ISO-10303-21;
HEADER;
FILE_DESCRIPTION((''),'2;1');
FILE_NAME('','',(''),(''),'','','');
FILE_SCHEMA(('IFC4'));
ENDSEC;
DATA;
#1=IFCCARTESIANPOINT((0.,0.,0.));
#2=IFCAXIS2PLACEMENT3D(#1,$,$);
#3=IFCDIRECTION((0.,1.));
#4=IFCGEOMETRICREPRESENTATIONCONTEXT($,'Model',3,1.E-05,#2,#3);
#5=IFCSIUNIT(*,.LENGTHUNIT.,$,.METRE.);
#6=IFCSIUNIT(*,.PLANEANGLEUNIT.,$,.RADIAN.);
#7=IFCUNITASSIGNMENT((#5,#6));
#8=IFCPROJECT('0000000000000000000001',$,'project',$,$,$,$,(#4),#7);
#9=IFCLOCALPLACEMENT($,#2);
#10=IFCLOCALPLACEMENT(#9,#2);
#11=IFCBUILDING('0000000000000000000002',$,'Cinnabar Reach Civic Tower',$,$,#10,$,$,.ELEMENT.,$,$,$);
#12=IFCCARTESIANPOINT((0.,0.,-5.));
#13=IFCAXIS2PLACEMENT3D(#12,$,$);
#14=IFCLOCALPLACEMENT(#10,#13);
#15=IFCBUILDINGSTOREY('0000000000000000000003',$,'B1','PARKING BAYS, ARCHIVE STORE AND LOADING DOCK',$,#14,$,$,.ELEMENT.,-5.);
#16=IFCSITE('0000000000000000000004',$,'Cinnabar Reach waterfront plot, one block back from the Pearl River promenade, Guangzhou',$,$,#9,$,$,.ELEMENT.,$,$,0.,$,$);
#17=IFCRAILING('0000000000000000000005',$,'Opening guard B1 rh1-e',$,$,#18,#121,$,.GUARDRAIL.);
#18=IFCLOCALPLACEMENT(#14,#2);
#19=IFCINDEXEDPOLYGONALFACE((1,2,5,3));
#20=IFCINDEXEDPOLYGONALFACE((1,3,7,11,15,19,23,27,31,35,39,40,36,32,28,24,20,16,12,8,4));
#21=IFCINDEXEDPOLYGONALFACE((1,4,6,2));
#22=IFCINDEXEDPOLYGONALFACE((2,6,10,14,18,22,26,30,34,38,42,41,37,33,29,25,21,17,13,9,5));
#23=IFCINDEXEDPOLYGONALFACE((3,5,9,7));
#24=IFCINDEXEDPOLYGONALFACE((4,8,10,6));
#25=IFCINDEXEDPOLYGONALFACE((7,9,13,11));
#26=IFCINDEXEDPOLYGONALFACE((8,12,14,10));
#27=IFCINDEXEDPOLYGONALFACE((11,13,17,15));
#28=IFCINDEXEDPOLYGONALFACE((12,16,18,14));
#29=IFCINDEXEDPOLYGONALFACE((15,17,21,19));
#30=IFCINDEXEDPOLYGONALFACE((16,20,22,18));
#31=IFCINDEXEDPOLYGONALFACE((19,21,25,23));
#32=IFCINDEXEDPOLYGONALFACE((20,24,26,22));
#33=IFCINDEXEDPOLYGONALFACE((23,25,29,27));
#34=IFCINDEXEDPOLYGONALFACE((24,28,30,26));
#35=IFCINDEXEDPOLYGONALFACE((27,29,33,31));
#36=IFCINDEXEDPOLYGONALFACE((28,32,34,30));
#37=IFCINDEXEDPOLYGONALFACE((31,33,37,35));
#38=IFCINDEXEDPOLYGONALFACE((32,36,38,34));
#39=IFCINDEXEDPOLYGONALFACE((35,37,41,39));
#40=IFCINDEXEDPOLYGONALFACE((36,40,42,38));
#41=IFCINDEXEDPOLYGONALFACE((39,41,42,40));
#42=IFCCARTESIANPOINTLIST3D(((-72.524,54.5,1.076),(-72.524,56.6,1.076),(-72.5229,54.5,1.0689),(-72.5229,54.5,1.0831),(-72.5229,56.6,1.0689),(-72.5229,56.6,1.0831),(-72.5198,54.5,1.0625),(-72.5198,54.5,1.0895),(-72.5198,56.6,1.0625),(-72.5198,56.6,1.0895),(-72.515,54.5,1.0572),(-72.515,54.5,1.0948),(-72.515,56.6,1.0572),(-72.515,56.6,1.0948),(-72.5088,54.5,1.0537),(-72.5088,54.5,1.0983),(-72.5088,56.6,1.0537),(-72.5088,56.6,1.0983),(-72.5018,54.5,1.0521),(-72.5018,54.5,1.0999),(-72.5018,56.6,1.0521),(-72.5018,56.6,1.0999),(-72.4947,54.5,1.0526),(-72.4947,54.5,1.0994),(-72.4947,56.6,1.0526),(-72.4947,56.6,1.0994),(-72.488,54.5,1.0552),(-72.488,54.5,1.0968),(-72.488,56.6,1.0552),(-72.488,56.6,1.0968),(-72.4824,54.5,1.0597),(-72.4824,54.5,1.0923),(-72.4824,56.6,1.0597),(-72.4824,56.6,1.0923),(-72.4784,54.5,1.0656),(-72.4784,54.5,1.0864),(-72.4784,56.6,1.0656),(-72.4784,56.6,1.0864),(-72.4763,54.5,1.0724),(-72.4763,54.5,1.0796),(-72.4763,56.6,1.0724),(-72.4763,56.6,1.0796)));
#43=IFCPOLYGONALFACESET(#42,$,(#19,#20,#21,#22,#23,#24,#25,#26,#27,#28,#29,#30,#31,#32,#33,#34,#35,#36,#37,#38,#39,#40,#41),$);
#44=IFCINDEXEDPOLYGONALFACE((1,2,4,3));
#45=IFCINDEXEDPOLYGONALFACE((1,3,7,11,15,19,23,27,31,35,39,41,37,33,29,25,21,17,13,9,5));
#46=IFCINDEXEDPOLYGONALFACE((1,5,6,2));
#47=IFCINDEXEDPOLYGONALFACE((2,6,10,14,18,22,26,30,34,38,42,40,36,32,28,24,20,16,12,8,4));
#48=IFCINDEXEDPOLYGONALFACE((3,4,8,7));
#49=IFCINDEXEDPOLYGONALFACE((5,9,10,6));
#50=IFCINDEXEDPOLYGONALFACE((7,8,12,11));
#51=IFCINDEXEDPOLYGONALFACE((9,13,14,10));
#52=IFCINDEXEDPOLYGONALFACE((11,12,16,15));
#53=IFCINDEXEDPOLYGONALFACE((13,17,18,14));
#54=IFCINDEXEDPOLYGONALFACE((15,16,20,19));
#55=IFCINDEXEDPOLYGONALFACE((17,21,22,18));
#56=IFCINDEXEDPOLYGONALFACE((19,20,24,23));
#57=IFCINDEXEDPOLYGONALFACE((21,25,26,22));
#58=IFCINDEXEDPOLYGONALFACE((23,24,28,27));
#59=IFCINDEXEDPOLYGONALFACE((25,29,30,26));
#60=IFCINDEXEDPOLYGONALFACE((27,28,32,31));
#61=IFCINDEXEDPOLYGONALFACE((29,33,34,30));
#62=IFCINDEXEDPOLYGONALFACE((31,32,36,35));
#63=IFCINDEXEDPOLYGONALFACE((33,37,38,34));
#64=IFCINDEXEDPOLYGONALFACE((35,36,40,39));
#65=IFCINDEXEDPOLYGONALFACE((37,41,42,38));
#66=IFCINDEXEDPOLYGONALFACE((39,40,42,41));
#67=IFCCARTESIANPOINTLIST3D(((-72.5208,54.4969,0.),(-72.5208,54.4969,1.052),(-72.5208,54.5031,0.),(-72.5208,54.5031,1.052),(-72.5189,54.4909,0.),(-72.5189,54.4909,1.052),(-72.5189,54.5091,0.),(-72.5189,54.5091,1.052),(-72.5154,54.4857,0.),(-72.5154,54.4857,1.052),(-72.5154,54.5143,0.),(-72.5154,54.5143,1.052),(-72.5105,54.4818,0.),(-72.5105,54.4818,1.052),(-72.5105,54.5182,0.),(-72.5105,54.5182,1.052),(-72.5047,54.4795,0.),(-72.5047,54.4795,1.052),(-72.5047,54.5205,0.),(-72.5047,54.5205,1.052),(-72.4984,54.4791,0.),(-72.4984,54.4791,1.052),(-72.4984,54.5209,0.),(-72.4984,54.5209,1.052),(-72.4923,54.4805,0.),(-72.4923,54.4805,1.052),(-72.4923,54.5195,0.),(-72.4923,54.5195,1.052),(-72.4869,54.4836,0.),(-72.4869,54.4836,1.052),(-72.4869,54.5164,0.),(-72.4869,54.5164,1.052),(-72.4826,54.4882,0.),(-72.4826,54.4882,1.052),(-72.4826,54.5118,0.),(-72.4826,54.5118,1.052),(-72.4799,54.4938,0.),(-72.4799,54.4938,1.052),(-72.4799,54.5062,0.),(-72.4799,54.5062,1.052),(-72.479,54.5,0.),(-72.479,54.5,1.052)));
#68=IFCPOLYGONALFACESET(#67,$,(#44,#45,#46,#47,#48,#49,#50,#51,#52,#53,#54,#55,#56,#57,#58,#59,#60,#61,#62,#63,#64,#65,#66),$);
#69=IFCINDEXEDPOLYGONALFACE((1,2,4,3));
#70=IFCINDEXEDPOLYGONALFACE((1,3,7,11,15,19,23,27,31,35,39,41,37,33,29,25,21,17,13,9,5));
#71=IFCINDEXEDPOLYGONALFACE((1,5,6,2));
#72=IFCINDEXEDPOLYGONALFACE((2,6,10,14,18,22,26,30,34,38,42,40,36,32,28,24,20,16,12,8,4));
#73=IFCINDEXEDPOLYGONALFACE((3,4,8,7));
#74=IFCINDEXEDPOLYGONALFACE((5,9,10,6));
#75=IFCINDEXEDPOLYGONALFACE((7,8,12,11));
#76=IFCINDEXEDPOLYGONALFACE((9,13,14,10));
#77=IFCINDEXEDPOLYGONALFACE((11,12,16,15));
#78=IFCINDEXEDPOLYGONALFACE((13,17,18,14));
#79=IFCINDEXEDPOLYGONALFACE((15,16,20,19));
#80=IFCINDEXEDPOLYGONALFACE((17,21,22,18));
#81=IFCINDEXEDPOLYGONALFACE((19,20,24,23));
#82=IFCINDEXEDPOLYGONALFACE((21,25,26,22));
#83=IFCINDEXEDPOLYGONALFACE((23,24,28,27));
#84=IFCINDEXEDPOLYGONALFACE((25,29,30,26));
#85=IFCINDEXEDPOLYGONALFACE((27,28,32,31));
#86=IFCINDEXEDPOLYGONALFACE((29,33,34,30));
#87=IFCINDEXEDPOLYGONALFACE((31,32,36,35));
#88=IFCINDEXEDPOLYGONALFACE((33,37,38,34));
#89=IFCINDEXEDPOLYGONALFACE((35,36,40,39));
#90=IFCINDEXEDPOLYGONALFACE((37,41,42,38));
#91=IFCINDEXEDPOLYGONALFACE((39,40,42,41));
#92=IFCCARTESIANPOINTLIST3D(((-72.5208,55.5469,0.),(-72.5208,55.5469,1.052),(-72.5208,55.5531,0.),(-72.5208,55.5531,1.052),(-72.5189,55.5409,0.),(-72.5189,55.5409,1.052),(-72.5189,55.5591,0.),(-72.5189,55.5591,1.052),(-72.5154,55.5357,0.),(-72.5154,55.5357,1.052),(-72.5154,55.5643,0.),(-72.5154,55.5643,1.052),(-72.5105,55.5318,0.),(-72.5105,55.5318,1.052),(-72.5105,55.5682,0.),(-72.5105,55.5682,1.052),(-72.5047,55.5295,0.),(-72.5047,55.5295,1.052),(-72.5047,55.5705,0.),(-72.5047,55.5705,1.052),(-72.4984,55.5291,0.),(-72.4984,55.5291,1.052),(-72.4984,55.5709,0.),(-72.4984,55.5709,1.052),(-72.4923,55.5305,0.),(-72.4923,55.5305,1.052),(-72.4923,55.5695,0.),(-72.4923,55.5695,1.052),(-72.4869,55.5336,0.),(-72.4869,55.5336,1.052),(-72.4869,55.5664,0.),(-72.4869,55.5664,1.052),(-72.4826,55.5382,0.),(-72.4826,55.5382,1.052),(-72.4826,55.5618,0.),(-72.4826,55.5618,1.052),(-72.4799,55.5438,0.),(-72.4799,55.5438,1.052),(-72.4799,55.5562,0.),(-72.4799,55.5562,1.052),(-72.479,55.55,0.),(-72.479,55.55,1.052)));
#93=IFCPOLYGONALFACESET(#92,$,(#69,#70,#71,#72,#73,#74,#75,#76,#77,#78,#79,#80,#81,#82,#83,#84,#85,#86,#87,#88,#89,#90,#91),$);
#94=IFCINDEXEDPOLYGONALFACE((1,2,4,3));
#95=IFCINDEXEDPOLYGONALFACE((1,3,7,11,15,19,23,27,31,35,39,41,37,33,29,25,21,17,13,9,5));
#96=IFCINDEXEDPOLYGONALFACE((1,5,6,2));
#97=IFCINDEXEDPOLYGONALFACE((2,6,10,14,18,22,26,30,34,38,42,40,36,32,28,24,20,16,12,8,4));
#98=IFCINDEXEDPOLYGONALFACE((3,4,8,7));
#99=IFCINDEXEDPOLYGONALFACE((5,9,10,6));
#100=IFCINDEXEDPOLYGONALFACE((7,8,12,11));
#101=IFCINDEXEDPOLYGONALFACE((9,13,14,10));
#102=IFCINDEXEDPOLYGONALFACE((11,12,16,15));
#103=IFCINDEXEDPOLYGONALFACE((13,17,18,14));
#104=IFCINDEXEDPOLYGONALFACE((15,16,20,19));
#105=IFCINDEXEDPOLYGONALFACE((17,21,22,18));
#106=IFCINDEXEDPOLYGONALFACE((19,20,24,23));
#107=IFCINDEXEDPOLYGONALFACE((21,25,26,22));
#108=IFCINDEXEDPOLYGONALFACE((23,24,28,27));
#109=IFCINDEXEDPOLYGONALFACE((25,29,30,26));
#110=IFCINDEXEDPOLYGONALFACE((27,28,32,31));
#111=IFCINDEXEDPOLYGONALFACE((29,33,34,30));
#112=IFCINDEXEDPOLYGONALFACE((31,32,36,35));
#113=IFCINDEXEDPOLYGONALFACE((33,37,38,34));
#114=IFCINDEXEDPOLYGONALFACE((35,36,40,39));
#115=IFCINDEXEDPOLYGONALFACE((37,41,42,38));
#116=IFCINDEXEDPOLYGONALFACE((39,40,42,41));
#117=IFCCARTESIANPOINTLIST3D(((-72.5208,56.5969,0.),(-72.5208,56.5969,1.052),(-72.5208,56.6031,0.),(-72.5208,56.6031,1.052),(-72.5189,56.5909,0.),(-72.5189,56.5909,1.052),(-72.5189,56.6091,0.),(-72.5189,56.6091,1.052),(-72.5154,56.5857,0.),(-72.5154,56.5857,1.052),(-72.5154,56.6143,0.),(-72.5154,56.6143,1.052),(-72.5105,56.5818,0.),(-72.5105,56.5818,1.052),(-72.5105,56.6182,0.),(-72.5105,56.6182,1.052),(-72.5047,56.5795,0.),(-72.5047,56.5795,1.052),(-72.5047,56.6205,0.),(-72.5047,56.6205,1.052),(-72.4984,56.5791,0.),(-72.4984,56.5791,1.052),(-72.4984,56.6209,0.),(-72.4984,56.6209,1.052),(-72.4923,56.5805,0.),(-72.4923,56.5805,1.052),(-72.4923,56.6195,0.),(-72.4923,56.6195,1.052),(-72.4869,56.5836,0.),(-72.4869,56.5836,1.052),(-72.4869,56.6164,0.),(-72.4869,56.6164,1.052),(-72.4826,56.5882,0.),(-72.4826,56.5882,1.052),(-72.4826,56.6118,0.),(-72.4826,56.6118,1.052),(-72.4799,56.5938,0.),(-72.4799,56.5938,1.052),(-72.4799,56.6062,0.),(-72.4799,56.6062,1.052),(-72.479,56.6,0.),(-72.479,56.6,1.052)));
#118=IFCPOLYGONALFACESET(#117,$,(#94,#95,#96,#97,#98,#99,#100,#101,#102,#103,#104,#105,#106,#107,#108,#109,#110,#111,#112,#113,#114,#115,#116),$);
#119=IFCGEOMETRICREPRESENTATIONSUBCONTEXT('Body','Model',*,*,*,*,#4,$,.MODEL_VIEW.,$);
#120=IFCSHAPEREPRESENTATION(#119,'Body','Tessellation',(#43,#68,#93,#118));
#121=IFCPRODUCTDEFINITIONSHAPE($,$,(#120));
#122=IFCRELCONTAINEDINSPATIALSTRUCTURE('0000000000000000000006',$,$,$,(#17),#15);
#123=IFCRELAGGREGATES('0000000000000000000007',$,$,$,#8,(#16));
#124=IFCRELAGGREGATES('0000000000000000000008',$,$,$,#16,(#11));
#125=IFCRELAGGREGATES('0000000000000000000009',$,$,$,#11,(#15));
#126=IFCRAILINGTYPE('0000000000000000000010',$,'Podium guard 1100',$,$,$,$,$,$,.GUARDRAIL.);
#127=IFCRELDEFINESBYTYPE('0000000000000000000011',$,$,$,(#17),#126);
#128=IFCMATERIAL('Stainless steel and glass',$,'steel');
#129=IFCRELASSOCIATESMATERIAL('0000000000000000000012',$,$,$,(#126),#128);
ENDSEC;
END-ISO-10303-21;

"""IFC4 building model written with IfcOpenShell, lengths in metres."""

from ifc_helpers import new_model, si_unit, direction, frame, origin, origin_2d, place, context, subcontext, project, spatial, circle, extrude, material, type_object, element, save


model = new_model("IFC4")

# Units and contexts
model_context = context("Model", 3, precision=1e-05, world=origin(), true_north=direction((0.0, 1.0)))
body_context = subcontext(model_context, "Body", "Model", "MODEL_VIEW")
ifc_project = project(units=[si_unit("LENGTHUNIT", "METRE"), si_unit("PLANEANGLEUNIT", "RADIAN")], contexts=[model_context])

# Site, building, storey
site_placement = place(None, origin())
site = spatial("IfcSite", under=ifc_project, at=site_placement, Name="Cinnabar Reach waterfront plot, one block back from the Pearl River promenade, Guangzhou", CompositionType="ELEMENT", RefElevation=0.0)
building_placement = place(site_placement, origin())
building = spatial("IfcBuilding", under=site, at=building_placement, Name="Cinnabar Reach Civic Tower", CompositionType="ELEMENT")
storey_placement = place(building_placement, frame((0.0, 0.0, -5.0)))
storey = spatial("IfcBuildingStorey", under=building, at=storey_placement, Name="B1", Description="PARKING BAYS, ARCHIVE STORE AND LOADING DOCK", CompositionType="ELEMENT", Elevation=-5.0)

# Railing
ifc_material_1 = material(Name="Stainless steel and glass", Category="steel")
railing_type = type_object("IfcRailingType", Name="Podium guard 1100", PredefinedType="GUARDRAIL", material=ifc_material_1)
railing_1_placement = place(storey_placement, frame((-72.5, 54.5, 0.0)))
element("IfcRailing", 1, at=railing_1_placement, inside=storey, type_object=railing_type, Name="Opening guard B1 rh1-e", PredefinedType="GUARDRAIL", context=body_context, shape_type="SweptSolid", body=[
    extrude(circle(Radius=0.024, at=origin_2d()), frame((0.0, 0.0, 1.076), z_axis=(0.0, 1.0, 0.0), x_axis=(-1.0, 0.0, 0.0)), (0.0, 0.0, 1.0), 2.1),
    extrude(circle(Radius=0.021, at=origin_2d()), origin(), (0.0, 0.0, 1.0), 1.052),
    extrude(circle(Radius=0.021, at=origin_2d()), frame((0.0, 1.05, 0.0)), (0.0, 0.0, 1.0), 1.052),
    extrude(circle(Radius=0.021, at=origin_2d()), frame((0.0, 2.1, 0.0)), (0.0, 0.0, 1.0), 1.052),
])

save(model, "model.ifc")
